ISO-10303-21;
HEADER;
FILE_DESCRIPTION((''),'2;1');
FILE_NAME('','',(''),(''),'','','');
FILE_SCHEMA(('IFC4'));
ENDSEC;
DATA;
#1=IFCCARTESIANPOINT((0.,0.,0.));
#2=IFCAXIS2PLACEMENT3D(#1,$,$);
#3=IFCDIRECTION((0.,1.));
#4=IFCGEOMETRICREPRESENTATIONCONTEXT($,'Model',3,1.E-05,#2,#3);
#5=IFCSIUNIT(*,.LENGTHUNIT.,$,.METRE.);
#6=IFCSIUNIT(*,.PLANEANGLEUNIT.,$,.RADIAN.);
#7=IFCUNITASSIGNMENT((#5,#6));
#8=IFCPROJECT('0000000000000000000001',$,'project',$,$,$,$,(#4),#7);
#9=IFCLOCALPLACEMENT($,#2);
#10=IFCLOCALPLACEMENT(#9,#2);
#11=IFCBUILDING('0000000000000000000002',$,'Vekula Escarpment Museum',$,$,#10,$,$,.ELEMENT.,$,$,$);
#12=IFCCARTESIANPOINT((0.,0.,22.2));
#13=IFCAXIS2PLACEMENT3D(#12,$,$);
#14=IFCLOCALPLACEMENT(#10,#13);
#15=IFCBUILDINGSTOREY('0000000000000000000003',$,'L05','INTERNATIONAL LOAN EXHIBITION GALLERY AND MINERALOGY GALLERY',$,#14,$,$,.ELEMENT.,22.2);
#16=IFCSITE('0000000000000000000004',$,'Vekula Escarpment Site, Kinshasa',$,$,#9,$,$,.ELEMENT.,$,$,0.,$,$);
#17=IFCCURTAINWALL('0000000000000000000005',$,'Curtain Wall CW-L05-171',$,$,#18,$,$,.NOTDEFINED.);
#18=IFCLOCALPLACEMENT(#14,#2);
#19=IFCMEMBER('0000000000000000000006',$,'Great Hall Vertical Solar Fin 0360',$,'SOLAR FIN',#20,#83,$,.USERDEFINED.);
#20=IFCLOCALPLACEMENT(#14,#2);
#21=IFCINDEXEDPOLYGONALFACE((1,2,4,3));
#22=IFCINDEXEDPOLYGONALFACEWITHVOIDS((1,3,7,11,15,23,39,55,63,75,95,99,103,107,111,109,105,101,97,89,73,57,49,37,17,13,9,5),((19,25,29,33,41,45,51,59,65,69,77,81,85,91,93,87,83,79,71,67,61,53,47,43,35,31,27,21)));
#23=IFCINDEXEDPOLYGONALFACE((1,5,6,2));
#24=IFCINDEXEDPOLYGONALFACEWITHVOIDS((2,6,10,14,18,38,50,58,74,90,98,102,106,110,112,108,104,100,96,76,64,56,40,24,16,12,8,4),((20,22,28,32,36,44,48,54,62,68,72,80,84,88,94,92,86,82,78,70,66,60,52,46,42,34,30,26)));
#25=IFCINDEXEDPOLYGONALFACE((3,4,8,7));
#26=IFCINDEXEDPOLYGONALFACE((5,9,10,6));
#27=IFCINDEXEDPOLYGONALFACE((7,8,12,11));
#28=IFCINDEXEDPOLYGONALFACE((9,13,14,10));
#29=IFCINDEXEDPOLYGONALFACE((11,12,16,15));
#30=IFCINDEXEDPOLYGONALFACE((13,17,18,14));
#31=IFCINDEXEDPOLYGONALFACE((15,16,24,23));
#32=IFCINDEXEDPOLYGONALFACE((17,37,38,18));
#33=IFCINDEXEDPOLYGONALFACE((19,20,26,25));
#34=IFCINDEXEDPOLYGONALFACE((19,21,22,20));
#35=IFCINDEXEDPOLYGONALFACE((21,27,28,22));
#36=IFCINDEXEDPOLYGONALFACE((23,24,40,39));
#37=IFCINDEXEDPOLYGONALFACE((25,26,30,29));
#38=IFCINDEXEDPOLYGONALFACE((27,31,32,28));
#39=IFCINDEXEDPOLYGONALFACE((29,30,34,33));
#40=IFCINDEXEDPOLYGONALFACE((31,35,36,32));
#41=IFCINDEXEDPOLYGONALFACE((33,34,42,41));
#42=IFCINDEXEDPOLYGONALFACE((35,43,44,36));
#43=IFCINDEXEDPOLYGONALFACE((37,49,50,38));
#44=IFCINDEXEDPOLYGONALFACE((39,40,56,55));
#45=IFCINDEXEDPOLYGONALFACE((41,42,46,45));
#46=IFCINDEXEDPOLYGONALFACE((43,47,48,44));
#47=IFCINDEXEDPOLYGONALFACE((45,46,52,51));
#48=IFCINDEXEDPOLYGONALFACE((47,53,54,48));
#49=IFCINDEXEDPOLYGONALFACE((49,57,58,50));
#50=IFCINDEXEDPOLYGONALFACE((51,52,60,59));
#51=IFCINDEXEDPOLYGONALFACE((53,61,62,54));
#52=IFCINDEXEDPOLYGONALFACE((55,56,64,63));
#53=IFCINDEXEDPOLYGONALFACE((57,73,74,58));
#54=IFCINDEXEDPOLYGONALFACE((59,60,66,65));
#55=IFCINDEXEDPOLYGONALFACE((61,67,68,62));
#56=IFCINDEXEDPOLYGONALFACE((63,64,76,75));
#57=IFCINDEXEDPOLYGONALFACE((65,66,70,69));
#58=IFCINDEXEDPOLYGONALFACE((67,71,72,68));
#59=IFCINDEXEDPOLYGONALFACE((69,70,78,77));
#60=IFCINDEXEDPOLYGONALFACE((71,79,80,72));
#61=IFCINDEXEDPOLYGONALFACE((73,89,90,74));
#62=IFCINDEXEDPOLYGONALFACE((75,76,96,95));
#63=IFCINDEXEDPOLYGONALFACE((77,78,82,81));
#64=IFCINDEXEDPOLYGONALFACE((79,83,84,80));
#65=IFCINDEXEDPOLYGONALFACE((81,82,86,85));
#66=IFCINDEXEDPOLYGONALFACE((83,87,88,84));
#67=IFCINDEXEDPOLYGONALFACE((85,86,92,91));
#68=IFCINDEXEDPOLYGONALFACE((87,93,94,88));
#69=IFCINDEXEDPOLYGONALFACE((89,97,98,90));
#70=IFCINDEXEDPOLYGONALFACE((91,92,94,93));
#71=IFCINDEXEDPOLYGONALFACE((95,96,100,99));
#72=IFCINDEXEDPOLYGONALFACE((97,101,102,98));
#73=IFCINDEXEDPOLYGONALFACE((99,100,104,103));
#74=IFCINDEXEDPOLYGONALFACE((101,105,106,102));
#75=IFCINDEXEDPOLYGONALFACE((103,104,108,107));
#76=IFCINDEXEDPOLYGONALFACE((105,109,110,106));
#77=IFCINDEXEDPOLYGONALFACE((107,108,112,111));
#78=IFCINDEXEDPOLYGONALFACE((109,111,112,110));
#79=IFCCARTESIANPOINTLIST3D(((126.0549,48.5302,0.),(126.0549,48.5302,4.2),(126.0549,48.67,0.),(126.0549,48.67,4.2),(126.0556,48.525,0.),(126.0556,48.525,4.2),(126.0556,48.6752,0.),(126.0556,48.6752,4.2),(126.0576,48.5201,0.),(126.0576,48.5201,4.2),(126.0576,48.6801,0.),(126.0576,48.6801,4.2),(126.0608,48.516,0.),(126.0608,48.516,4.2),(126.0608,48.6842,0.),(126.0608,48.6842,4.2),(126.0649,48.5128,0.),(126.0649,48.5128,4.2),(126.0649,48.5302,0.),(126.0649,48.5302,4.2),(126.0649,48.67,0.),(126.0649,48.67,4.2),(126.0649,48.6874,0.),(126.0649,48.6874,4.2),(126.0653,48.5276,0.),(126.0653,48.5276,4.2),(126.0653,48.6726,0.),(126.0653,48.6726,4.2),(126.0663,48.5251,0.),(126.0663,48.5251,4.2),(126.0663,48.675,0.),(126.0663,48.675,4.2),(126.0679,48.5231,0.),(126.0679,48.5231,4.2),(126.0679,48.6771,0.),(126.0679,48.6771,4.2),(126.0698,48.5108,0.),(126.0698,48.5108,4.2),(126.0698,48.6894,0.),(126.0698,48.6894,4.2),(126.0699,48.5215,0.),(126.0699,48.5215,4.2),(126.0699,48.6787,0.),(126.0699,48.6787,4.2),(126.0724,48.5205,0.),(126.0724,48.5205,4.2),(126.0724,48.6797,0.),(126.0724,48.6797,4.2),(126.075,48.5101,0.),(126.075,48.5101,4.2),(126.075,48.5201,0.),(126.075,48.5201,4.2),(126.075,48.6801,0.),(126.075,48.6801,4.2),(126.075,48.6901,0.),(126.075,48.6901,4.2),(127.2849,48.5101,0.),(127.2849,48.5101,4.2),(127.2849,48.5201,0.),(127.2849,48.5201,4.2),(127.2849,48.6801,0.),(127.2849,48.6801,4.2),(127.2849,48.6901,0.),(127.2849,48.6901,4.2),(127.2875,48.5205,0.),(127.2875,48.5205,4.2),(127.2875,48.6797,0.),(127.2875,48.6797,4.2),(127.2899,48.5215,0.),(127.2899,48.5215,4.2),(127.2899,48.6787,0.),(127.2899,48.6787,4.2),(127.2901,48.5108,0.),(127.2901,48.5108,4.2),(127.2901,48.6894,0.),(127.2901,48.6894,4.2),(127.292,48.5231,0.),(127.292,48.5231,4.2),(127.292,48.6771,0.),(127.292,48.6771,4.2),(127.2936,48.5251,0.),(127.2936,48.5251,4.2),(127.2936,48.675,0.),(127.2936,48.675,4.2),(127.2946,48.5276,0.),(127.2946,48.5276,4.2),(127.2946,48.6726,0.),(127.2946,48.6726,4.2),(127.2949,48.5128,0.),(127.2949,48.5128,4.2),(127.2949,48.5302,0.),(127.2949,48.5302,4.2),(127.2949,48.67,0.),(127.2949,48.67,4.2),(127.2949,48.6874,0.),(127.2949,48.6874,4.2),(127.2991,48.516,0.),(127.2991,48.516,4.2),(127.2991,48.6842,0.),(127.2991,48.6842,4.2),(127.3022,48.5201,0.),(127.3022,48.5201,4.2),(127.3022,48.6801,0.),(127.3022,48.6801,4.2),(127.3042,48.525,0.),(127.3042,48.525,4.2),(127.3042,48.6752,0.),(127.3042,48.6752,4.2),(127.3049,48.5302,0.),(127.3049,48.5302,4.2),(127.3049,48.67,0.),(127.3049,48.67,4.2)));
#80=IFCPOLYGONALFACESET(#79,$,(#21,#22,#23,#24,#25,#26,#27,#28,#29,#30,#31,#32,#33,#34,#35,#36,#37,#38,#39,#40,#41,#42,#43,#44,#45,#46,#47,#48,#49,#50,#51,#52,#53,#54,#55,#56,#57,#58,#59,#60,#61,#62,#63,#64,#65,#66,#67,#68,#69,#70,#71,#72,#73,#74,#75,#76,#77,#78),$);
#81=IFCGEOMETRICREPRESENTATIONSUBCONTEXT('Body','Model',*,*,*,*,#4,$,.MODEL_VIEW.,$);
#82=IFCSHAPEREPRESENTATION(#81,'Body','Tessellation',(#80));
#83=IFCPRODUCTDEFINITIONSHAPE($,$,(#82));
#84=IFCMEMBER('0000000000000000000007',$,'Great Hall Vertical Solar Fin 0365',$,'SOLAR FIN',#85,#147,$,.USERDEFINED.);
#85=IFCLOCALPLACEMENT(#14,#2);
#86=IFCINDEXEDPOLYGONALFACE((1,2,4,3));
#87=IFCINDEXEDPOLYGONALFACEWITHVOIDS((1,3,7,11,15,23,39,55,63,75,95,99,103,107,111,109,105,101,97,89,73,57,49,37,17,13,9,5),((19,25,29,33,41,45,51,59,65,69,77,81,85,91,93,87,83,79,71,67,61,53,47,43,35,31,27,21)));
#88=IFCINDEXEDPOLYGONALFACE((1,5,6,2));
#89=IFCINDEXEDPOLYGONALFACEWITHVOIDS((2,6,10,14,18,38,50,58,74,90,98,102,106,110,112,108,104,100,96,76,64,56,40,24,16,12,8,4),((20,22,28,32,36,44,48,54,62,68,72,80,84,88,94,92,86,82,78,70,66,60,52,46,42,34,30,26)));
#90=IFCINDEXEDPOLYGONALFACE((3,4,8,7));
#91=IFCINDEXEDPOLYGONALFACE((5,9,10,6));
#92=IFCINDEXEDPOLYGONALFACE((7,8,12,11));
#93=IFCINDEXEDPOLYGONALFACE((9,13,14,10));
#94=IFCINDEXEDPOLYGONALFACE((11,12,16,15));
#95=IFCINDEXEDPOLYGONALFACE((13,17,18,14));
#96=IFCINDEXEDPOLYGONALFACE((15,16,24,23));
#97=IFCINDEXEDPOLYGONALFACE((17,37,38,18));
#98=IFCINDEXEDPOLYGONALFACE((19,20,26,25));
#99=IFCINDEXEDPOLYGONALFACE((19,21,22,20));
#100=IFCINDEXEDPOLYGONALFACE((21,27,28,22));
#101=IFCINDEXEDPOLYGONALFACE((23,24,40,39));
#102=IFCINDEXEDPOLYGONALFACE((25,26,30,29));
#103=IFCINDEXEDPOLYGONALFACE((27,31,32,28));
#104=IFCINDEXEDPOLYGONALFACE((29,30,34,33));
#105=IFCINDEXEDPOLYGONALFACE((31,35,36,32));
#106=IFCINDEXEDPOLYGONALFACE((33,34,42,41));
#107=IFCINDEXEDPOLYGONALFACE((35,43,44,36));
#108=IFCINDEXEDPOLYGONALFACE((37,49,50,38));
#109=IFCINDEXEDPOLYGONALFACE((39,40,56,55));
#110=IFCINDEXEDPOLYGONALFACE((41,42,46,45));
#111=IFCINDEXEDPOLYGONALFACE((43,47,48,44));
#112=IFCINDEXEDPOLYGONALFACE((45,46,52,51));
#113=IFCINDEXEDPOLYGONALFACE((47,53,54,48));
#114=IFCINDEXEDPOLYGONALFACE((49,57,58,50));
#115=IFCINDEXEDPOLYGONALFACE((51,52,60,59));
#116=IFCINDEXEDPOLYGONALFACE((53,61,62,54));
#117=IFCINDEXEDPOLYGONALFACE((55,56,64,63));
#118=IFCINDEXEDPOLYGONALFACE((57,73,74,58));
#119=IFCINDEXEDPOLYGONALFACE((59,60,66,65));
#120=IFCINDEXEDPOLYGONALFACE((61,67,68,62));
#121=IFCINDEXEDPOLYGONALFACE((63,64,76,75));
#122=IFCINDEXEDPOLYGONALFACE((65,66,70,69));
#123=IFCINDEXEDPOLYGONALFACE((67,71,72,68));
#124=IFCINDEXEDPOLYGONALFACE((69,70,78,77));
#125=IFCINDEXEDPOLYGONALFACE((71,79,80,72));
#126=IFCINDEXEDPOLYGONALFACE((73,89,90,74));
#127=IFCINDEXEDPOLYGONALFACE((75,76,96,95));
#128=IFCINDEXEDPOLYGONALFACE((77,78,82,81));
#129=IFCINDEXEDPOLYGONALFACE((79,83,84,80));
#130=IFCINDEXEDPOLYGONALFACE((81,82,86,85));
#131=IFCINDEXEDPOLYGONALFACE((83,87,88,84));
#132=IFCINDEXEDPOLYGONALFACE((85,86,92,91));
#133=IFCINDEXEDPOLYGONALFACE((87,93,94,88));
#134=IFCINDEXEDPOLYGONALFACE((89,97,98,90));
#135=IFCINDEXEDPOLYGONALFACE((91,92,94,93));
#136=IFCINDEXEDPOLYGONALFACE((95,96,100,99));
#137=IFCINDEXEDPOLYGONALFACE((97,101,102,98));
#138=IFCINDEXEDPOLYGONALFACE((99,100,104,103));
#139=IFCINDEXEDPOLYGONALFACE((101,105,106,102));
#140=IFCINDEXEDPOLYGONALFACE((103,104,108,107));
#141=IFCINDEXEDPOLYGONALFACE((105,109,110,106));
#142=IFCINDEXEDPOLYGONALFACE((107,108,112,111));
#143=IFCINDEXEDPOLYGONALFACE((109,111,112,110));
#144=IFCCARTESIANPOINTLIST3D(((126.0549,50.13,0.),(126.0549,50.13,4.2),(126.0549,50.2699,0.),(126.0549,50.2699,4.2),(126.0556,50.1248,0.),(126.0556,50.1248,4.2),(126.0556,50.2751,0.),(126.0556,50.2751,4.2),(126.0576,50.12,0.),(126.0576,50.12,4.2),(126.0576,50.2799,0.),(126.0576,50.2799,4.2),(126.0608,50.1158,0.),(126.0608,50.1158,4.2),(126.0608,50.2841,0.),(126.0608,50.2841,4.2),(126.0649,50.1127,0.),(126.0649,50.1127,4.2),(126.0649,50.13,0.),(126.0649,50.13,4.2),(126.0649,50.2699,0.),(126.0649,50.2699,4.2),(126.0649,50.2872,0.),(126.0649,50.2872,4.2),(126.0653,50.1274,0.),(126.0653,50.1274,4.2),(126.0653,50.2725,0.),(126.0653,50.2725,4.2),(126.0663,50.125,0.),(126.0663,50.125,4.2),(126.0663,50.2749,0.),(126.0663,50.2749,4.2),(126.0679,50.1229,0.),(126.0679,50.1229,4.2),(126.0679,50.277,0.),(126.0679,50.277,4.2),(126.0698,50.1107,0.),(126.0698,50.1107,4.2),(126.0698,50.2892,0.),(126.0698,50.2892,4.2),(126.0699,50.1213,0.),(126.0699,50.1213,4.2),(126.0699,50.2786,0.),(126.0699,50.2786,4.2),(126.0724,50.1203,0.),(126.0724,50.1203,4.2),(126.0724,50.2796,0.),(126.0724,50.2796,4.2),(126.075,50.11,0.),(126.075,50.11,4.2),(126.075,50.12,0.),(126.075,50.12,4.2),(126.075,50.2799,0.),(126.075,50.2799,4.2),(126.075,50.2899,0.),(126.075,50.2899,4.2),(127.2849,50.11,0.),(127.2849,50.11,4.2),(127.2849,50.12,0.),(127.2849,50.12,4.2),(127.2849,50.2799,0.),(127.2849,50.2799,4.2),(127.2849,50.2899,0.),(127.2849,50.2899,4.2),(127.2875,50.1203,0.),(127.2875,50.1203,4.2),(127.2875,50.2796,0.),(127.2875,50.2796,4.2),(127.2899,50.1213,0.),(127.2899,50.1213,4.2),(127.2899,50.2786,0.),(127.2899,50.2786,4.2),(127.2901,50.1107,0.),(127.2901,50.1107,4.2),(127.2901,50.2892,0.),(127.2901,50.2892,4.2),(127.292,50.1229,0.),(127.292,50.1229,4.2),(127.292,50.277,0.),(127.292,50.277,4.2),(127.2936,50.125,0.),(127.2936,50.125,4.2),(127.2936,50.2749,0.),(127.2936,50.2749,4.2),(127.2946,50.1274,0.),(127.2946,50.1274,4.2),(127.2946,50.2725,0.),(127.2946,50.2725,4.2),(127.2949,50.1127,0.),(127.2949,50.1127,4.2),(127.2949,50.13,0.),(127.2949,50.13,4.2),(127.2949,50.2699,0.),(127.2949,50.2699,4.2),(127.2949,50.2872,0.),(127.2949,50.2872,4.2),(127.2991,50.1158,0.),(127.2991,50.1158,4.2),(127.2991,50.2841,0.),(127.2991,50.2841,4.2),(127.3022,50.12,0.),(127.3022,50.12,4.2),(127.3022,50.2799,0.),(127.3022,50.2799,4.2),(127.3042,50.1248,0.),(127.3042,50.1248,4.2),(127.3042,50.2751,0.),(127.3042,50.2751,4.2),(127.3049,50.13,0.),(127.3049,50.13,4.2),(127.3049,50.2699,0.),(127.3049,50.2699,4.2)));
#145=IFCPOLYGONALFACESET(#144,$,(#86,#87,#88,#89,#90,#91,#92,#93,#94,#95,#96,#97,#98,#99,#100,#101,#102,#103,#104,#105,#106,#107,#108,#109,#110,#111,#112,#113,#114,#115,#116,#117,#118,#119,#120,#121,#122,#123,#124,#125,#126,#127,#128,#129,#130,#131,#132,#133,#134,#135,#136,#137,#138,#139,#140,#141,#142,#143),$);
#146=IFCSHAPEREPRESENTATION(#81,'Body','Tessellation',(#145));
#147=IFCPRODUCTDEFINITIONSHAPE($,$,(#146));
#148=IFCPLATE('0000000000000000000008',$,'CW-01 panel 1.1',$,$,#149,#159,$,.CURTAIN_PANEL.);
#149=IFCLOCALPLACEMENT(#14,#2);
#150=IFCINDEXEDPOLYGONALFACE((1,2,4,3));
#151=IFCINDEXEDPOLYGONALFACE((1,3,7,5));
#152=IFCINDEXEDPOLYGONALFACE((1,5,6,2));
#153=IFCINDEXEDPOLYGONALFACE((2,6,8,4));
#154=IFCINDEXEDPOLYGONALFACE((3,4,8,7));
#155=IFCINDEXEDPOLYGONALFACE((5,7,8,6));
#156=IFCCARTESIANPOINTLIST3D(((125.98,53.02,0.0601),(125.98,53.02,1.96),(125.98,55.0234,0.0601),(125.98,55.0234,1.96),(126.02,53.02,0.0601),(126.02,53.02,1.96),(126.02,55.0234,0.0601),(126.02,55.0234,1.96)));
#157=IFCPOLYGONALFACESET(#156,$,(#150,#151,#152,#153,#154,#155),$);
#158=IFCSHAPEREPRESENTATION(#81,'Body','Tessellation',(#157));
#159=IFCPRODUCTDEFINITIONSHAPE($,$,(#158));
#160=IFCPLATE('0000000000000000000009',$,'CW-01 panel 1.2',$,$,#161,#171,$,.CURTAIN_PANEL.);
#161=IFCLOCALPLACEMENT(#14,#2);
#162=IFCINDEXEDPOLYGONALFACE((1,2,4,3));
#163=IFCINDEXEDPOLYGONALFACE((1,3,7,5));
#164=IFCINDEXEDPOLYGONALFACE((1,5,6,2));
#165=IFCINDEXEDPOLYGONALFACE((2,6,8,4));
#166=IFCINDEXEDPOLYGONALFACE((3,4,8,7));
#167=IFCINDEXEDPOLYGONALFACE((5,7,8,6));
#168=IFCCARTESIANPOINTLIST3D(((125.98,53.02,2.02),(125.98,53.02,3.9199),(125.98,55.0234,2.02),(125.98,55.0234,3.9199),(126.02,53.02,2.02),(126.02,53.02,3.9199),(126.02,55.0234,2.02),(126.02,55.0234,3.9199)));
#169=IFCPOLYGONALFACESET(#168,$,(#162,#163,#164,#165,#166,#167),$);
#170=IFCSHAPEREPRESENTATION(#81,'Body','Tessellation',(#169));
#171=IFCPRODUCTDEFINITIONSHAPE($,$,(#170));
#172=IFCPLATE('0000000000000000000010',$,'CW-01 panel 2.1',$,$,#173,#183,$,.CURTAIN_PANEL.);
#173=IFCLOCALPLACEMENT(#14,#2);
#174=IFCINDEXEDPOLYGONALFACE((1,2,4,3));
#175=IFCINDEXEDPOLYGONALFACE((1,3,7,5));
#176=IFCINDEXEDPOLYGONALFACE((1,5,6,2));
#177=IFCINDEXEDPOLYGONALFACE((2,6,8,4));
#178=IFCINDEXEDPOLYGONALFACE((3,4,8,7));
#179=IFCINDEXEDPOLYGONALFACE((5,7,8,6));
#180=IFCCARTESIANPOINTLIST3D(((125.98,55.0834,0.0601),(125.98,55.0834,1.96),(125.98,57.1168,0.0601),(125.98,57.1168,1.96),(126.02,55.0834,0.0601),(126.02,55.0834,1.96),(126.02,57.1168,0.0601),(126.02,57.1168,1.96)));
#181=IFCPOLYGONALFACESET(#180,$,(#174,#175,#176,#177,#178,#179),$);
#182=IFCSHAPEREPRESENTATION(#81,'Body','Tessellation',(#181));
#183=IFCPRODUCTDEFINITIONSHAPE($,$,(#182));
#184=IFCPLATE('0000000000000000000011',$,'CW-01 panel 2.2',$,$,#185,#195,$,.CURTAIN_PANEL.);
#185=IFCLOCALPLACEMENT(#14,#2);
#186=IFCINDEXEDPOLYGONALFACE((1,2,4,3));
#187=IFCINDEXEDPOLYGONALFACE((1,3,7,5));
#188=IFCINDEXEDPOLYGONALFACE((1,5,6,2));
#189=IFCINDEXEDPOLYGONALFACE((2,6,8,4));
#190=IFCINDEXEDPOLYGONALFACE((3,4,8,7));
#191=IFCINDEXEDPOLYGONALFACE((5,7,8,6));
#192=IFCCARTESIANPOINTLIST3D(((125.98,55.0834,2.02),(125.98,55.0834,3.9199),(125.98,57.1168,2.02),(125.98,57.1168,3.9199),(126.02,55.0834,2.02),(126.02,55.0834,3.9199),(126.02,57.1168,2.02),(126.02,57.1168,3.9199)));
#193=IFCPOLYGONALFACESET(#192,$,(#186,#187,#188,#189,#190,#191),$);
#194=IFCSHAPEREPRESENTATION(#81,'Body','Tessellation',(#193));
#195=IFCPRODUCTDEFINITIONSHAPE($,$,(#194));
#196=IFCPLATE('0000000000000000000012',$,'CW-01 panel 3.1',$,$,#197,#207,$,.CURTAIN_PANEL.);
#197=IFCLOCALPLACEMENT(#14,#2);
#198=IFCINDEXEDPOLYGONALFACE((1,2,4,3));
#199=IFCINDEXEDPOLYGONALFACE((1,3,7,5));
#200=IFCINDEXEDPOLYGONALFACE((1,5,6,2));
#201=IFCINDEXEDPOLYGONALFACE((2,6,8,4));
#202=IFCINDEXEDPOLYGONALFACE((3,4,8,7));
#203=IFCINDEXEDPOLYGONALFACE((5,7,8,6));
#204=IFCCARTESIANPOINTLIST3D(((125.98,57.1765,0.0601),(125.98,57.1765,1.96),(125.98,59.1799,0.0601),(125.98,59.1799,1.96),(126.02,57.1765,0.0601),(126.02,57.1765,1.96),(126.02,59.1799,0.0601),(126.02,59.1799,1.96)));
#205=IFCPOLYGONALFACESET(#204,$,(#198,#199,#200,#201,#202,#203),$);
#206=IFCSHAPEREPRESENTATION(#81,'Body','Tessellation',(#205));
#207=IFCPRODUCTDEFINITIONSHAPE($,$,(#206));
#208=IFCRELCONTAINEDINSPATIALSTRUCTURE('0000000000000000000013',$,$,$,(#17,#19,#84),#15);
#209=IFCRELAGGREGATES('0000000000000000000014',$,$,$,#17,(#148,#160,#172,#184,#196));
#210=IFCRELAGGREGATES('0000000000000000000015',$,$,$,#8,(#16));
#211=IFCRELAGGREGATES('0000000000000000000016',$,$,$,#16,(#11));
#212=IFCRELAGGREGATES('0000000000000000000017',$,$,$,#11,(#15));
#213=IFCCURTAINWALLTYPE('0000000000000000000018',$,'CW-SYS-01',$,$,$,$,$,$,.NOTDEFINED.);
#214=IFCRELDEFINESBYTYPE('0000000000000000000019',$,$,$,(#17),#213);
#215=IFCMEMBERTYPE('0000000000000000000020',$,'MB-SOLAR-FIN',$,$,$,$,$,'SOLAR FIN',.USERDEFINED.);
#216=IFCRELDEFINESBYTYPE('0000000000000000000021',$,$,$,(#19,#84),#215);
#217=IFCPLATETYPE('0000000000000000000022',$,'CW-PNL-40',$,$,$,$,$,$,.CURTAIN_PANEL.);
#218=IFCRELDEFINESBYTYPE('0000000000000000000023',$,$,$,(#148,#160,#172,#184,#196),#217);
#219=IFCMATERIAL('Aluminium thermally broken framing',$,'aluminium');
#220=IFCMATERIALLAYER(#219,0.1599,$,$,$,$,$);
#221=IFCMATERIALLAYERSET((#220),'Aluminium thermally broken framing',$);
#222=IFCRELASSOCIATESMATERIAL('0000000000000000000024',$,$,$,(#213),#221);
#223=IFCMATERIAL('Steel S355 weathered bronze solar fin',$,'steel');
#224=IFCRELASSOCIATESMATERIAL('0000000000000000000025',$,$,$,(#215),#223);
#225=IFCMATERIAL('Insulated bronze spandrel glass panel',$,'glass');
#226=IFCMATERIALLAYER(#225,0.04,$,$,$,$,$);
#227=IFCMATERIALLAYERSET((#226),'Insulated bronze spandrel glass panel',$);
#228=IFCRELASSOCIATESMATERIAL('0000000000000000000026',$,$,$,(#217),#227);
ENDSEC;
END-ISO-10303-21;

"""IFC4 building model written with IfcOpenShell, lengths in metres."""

from ifc_helpers import new_model, si_unit, direction, frame, origin, origin_2d, place, context, subcontext, project, spatial, rectangle, hollow_rectangle, extrude, material, layer, layer_set, material_profile, profile_set, type_object, element, aggregate, save


model = new_model("IFC4")

# Units and contexts
model_context = context("Model", 3, precision=1e-05, world=origin(), true_north=direction((0.0, 1.0)))
body_context = subcontext(model_context, "Body", "Model", "MODEL_VIEW")
ifc_project = project(units=[si_unit("LENGTHUNIT", "METRE"), si_unit("PLANEANGLEUNIT", "RADIAN")], contexts=[model_context])

# Site, building, storey
site_placement = place(None, origin())
site = spatial("IfcSite", under=ifc_project, at=site_placement, Name="Vekula Escarpment Site, Kinshasa", CompositionType="ELEMENT", RefElevation=0.0)
building_placement = place(site_placement, origin())
building = spatial("IfcBuilding", under=site, at=building_placement, Name="Vekula Escarpment Museum", CompositionType="ELEMENT")
storey_placement = place(building_placement, frame((0.0, 0.0, 22.2)))
storey = spatial("IfcBuildingStorey", under=building, at=storey_placement, Name="L05", Description="INTERNATIONAL LOAN EXHIBITION GALLERY AND MINERALOGY GALLERY", CompositionType="ELEMENT", Elevation=22.2)

# Curtain wall
ifc_material_1 = material(Name="Aluminium thermally broken framing", Category="aluminium")
ifc_layer_1 = layer(ifc_material_1, 0.1599)
ifc_layer_set_1 = layer_set([ifc_layer_1], Name="Aluminium thermally broken framing")
curtain_wall_type = type_object("IfcCurtainWallType", Name="CW-SYS-01", PredefinedType="NOTDEFINED", material=ifc_layer_set_1)
curtain_wall_placement = place(storey_placement, origin())
curtain_wall = element("IfcCurtainWall", 1, at=curtain_wall_placement, inside=storey, type_object=curtain_wall_type, Name="Curtain Wall CW-L05-171", PredefinedType="NOTDEFINED")

# Members
ifc_material_2 = material(Name="Steel S355 weathered bronze solar fin", Category="steel")
ifc_material_profile_1 = material_profile(ifc_material_2, hollow_rectangle(XDim=0.1799, YDim=1.25, WallThickness=0.01, InnerFilletRadius=0.01, OuterFilletRadius=0.02, at=origin_2d()), Name="RHS 1250x180x10")
ifc_profile_set_1 = profile_set([ifc_material_profile_1], Name="Steel S355 weathered bronze solar fin")
member_type_1 = type_object("IfcMemberType", Name="MB-SOLAR-FIN", ElementType="SOLAR FIN", PredefinedType="USERDEFINED", material=ifc_profile_set_1)
for number, where, z_axis, x_axis, name in (
    (2, (126.6799, 48.6001, 0.0), (0.0, 0.0, 1.0), (0.0, 1.0, 0.0), "Great Hall Vertical Solar Fin 0360"),
    (3, (126.6799, 50.2, 0.0), (0.0, 0.0, 1.0), (0.0, 1.0, 0.0), "Great Hall Vertical Solar Fin 0365"),
):
    element("IfcMember", number, at=place(storey_placement, frame(where, z_axis=z_axis, x_axis=x_axis)), inside=storey, type_object=member_type_1, Name=name, ObjectType="SOLAR FIN", PredefinedType="USERDEFINED", context=body_context, shape_type="SweptSolid", body=[
        extrude(hollow_rectangle(XDim=0.1799, YDim=1.25, WallThickness=0.01, InnerFilletRadius=0.01, OuterFilletRadius=0.02, at=origin_2d()), origin(), (0.0, 0.0, 1.0), 4.2),
    ])

# Plates
ifc_material_3 = material(Name="Insulated bronze spandrel glass panel", Category="glass")
ifc_layer_2 = layer(ifc_material_3, 0.04)
ifc_layer_set_2 = layer_set([ifc_layer_2], Name="Insulated bronze spandrel glass panel")
plate_type = type_object("IfcPlateType", Name="CW-PNL-40", PredefinedType="CURTAIN_PANEL", material=ifc_layer_set_2)
plate_1_placement = place(storey_placement, frame((126.0, 54.0217, 0.0601), z_axis=(0.0, 0.0, 1.0), x_axis=(0.0, 1.0, 0.0)))
plate_1 = element("IfcPlate", 4, at=plate_1_placement, type_object=plate_type, Name="CW-01 panel 1.1", PredefinedType="CURTAIN_PANEL", context=body_context, shape_type="SweptSolid", body=[
    extrude(rectangle(XDim=2.0034, YDim=0.04, at=origin_2d()), origin(), (0.0, 0.0, 1.0), 1.8999),
])
plate_2_placement = place(storey_placement, frame((126.0, 54.0217, 2.02), z_axis=(0.0, 0.0, 1.0), x_axis=(0.0, 1.0, 0.0)))
plate_2 = element("IfcPlate", 5, at=plate_2_placement, type_object=plate_type, Name="CW-01 panel 1.2", PredefinedType="CURTAIN_PANEL", context=body_context, shape_type="SweptSolid", body=[
    extrude(rectangle(XDim=2.0034, YDim=0.04, at=origin_2d()), origin(), (0.0, 0.0, 1.0), 1.8999),
])
plate_3_placement = place(storey_placement, frame((126.0, 56.1001, 0.0601), z_axis=(0.0, 0.0, 1.0), x_axis=(0.0, 1.0, 0.0)))
plate_3 = element("IfcPlate", 6, at=plate_3_placement, type_object=plate_type, Name="CW-01 panel 2.1", PredefinedType="CURTAIN_PANEL", context=body_context, shape_type="SweptSolid", body=[
    extrude(rectangle(XDim=2.0334, YDim=0.04, at=origin_2d()), origin(), (0.0, 0.0, 1.0), 1.8999),
])
plate_4_placement = place(storey_placement, frame((126.0, 56.1001, 2.02), z_axis=(0.0, 0.0, 1.0), x_axis=(0.0, 1.0, 0.0)))
plate_4 = element("IfcPlate", 7, at=plate_4_placement, type_object=plate_type, Name="CW-01 panel 2.2", PredefinedType="CURTAIN_PANEL", context=body_context, shape_type="SweptSolid", body=[
    extrude(rectangle(XDim=2.0334, YDim=0.04, at=origin_2d()), origin(), (0.0, 0.0, 1.0), 1.8999),
])
plate_5_placement = place(storey_placement, frame((126.0, 58.1782, 0.0601), z_axis=(0.0, 0.0, 1.0), x_axis=(0.0, 1.0, 0.0)))
plate_5 = element("IfcPlate", 8, at=plate_5_placement, type_object=plate_type, Name="CW-01 panel 3.1", PredefinedType="CURTAIN_PANEL", context=body_context, shape_type="SweptSolid", body=[
    extrude(rectangle(XDim=2.0034, YDim=0.04, at=origin_2d()), origin(), (0.0, 0.0, 1.0), 1.8999),
])
aggregate(curtain_wall, [plate_1, plate_2, plate_3, plate_4, plate_5])

save(model, "model.ifc")
